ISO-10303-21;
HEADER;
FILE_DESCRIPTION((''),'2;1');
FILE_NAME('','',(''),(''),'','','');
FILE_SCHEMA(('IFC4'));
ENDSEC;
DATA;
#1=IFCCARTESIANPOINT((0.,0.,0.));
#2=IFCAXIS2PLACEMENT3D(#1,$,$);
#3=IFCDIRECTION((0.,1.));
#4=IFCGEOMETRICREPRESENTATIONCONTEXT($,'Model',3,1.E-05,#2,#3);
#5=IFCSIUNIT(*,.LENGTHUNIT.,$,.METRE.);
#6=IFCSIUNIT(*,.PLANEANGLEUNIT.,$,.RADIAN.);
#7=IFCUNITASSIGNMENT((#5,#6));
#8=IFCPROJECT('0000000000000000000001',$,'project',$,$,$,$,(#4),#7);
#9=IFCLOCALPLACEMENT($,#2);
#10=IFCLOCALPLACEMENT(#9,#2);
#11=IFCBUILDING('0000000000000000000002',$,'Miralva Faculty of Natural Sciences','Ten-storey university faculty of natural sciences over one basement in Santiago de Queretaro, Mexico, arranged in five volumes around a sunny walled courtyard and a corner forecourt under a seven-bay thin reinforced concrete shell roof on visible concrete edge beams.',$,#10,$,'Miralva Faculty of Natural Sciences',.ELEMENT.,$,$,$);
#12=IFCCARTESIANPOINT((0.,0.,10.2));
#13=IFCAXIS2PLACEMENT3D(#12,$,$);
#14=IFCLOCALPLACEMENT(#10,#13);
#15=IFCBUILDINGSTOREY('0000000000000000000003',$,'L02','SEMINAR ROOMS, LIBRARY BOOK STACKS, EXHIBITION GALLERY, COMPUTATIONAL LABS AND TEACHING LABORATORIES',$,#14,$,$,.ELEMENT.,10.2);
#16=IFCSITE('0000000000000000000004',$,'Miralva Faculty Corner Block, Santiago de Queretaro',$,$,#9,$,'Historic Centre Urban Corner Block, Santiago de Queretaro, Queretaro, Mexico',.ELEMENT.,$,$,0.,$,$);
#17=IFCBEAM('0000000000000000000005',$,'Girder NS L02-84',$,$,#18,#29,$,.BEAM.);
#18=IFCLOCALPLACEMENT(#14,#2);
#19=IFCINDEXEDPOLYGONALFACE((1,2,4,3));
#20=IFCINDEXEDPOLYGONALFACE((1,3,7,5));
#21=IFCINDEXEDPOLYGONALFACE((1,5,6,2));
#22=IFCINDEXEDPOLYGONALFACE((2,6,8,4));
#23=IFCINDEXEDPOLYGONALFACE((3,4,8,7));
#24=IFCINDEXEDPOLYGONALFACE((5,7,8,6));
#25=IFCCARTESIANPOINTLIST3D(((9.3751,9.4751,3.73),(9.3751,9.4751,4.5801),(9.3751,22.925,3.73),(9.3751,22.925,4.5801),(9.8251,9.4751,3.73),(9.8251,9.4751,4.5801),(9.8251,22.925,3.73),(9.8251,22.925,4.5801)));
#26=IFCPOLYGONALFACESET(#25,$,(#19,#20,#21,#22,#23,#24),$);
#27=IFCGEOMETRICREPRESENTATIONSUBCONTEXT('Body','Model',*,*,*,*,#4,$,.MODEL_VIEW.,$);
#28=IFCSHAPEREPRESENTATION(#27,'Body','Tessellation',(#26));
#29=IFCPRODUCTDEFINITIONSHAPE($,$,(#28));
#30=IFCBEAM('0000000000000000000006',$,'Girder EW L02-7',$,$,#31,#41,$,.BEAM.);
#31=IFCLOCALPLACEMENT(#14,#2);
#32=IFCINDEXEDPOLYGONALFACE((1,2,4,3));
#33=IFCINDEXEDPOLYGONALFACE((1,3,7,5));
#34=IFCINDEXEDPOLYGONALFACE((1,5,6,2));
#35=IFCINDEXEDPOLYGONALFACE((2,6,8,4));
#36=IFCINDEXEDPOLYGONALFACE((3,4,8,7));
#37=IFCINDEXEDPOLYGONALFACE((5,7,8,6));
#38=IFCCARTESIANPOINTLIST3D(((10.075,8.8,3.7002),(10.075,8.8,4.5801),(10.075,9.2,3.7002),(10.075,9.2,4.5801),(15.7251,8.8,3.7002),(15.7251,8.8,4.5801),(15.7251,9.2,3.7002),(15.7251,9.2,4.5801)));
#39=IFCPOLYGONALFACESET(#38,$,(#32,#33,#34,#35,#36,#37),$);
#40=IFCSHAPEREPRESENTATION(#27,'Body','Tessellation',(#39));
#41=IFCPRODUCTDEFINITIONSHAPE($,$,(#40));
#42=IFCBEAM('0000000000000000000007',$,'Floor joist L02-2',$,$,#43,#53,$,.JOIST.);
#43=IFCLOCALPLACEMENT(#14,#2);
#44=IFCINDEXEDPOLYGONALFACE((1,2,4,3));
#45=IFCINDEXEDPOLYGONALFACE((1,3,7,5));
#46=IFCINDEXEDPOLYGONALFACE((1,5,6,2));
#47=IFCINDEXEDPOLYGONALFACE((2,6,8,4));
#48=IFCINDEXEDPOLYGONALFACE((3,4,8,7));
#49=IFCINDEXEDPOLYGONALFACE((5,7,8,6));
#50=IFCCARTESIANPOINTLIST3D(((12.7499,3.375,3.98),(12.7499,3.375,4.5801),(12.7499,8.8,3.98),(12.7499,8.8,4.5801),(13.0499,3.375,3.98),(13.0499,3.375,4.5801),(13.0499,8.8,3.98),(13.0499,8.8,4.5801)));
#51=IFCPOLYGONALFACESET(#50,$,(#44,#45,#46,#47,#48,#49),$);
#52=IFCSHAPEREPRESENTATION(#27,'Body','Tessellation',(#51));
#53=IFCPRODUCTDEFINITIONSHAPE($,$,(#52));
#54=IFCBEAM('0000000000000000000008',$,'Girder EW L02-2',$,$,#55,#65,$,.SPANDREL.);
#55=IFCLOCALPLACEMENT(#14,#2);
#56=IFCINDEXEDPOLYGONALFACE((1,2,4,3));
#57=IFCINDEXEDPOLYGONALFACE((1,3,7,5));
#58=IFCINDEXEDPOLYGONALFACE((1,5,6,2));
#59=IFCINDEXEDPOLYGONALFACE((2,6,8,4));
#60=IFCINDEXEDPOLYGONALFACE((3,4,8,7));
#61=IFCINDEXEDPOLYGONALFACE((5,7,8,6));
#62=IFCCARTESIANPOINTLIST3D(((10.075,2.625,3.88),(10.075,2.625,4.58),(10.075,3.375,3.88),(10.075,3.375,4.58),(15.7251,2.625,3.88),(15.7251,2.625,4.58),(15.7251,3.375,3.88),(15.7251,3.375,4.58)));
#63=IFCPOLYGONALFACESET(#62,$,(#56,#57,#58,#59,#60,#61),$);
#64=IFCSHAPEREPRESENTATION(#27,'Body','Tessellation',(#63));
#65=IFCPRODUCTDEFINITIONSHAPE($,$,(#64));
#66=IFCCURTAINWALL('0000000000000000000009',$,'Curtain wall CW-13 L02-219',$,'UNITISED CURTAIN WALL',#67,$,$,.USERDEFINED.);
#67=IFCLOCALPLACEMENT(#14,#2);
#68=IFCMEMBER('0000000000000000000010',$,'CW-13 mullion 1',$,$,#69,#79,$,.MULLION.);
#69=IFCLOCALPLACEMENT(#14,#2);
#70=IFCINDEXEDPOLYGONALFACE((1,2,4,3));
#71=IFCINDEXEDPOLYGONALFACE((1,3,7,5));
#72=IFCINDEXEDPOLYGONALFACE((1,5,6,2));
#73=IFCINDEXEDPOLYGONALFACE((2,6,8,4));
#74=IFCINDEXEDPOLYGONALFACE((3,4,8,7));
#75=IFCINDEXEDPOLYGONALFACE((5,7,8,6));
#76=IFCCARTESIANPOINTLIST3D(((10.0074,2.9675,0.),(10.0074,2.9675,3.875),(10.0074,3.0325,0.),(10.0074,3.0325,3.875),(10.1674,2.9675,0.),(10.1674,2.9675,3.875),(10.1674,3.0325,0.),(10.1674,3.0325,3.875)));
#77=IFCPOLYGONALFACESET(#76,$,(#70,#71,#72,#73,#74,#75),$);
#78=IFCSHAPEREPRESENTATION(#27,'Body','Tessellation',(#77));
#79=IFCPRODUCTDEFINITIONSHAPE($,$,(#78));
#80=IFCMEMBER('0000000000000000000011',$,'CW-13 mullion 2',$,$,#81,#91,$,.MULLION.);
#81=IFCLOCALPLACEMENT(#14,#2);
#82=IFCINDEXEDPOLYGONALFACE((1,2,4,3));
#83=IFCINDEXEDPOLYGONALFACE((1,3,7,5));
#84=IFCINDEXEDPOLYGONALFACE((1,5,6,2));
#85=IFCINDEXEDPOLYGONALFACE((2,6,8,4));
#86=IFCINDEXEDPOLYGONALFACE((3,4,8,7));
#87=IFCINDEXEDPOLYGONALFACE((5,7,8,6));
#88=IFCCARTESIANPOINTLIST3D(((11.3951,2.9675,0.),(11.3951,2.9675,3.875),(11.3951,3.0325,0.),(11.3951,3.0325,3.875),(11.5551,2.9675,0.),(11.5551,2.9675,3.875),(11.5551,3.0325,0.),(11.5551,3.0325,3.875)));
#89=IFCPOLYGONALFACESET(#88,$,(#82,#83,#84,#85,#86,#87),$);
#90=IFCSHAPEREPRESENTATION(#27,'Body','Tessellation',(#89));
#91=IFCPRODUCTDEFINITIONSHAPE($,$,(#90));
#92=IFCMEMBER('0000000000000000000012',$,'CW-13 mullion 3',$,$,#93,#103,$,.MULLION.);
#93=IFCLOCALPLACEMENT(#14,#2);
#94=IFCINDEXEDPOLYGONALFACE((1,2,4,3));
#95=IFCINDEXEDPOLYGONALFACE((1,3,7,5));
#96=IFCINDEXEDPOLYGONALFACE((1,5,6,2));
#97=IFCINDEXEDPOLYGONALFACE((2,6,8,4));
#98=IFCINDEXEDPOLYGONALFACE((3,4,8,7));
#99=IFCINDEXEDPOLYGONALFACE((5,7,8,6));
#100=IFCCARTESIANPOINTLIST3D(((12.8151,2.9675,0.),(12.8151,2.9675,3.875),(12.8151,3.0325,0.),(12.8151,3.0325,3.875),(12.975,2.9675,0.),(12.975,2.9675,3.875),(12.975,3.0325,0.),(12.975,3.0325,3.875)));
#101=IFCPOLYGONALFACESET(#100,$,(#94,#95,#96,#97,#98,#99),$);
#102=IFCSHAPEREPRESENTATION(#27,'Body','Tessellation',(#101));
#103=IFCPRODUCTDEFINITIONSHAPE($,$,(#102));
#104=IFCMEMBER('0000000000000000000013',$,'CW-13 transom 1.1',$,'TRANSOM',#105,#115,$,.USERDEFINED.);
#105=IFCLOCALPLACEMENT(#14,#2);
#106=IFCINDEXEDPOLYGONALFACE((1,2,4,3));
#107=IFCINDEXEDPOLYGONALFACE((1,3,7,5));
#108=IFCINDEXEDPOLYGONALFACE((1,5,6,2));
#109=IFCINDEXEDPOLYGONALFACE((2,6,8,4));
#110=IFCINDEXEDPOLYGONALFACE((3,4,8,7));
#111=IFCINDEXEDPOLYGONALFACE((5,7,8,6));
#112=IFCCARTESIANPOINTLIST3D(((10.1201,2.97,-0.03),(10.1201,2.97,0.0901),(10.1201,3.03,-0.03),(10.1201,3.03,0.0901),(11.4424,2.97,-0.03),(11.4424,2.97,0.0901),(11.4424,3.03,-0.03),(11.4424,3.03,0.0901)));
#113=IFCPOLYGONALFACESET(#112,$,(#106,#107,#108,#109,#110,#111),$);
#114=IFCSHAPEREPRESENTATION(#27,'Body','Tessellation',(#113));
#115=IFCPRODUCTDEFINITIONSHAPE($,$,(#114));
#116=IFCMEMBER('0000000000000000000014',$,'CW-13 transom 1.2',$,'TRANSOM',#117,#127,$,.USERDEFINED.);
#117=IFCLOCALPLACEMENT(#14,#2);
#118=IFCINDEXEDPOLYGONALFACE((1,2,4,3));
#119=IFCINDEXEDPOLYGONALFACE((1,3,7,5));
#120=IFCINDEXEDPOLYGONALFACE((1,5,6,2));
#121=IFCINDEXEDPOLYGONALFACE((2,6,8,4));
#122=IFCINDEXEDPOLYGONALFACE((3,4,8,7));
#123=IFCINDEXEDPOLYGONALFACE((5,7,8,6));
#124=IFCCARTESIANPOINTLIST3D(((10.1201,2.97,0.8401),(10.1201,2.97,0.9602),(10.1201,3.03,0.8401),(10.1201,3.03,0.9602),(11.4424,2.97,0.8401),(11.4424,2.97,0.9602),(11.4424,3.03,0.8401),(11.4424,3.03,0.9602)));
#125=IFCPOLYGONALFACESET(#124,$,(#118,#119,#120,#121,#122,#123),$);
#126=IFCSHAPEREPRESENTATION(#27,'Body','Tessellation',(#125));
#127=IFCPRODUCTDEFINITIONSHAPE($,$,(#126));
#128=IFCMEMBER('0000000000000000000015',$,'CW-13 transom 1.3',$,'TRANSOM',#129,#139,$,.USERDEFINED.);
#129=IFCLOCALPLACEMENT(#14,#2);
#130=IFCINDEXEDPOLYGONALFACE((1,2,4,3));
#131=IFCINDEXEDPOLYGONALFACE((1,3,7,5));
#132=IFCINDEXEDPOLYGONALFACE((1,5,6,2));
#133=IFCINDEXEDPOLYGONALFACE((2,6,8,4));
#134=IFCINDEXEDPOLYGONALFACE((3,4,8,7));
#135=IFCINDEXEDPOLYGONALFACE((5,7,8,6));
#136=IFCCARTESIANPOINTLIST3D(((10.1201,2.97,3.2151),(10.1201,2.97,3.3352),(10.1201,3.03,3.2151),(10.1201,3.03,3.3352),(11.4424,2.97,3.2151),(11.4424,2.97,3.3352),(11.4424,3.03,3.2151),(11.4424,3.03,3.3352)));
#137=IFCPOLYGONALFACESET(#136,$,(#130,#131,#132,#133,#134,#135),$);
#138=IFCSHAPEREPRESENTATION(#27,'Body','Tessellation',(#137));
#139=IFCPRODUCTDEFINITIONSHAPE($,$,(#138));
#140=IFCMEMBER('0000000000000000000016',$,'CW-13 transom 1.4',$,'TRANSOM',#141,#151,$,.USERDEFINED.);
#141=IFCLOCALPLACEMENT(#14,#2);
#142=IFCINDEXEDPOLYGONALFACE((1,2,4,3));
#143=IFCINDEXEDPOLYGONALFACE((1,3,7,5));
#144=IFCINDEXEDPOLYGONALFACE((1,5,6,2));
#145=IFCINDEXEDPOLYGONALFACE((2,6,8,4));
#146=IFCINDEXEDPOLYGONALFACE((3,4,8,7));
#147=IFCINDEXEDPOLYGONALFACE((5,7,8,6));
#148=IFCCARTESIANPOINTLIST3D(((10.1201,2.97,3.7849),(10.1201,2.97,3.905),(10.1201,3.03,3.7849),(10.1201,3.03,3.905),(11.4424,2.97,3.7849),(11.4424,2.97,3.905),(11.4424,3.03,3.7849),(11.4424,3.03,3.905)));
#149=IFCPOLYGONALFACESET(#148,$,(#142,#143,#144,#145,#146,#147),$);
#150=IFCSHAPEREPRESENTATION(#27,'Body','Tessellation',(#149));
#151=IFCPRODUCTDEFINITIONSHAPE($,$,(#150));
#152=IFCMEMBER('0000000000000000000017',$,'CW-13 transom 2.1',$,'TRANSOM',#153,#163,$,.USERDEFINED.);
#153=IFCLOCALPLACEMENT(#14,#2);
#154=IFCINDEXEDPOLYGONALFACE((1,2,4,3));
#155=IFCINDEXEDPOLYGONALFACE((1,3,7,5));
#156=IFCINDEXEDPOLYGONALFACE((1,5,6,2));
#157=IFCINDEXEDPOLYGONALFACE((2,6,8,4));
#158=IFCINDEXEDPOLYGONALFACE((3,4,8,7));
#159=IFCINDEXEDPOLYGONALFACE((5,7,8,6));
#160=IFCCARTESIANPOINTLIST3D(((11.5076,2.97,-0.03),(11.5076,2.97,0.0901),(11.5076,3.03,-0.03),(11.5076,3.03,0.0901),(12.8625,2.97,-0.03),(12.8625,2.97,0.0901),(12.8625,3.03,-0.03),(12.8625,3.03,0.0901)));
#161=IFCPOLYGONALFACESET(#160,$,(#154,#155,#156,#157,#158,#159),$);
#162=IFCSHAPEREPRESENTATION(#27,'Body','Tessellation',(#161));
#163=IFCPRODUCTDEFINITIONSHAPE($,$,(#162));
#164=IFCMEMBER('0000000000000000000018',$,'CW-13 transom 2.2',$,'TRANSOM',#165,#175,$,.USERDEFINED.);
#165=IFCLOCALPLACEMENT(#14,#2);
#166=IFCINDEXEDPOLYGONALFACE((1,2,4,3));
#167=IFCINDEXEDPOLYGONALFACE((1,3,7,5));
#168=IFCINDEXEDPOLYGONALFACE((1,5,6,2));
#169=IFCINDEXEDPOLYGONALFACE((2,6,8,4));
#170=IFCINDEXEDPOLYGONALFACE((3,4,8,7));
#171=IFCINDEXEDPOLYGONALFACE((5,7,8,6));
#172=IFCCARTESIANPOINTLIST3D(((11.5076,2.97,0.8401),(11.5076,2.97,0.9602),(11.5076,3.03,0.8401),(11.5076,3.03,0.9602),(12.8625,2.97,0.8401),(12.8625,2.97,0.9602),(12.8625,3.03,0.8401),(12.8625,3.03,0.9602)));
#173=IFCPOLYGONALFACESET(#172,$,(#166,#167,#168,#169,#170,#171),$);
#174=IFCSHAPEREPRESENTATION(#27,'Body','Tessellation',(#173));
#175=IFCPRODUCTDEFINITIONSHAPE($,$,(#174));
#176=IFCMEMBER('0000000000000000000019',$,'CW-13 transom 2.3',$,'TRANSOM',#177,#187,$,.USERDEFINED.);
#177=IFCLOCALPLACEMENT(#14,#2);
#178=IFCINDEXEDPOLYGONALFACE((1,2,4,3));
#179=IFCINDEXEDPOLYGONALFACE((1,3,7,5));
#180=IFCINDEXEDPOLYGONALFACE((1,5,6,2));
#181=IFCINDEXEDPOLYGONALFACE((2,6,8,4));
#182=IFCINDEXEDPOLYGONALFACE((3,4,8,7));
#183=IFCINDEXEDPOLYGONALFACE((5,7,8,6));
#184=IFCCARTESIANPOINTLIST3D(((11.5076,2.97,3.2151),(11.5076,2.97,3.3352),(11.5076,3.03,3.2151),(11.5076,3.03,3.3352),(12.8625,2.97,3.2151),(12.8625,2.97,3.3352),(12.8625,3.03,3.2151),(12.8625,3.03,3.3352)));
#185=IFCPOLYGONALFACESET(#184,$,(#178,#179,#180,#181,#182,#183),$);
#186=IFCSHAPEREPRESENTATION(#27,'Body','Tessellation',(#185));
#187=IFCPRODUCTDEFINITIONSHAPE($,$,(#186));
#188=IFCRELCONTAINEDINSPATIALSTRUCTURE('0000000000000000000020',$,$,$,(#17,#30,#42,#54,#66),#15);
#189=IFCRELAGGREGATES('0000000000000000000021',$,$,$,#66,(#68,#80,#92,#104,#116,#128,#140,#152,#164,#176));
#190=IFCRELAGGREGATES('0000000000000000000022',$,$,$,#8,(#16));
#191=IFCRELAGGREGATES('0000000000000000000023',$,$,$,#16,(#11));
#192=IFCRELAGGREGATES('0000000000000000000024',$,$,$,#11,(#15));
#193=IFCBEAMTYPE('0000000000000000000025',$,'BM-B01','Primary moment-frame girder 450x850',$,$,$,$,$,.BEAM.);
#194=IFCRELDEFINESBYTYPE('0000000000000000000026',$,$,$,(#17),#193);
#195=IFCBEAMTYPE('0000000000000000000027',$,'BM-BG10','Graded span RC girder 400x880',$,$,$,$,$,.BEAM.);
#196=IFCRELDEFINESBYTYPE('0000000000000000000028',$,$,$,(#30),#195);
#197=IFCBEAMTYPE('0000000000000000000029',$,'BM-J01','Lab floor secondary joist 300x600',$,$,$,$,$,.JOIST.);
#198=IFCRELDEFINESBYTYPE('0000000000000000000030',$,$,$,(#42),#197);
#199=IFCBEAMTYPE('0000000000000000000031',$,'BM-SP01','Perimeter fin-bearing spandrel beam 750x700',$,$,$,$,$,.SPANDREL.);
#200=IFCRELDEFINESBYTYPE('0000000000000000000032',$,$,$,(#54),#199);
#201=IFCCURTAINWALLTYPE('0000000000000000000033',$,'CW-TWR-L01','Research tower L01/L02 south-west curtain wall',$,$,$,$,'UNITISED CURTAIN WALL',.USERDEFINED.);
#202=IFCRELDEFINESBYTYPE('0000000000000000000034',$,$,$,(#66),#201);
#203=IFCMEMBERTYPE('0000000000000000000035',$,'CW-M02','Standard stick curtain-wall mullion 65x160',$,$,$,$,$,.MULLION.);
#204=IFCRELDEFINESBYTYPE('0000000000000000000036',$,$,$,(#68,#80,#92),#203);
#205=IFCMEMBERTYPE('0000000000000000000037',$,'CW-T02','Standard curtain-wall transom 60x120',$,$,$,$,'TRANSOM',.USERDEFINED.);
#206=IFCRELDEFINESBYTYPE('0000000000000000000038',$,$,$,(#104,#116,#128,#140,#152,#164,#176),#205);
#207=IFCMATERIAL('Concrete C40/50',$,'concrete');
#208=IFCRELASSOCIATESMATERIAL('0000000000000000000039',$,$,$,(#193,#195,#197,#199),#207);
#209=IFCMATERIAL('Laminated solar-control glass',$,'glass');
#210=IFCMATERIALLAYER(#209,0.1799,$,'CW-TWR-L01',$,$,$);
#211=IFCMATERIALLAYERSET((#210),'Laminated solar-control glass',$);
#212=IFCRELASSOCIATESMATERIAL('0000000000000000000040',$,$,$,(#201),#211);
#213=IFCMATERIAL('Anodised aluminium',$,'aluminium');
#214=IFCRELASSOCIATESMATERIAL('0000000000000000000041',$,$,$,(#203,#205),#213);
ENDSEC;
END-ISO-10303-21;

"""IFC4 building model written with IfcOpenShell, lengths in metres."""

from ifc_helpers import new_model, si_unit, direction, frame, origin, origin_2d, place, context, subcontext, project, spatial, rectangle, extrude, material, layer, layer_set, material_profile, profile_set, type_object, element, aggregate, save


model = new_model("IFC4")

# Units and contexts
model_context = context("Model", 3, precision=1e-05, world=origin(), true_north=direction((0.0, 1.0)))
body_context = subcontext(model_context, "Body", "Model", "MODEL_VIEW")
ifc_project = project(units=[si_unit("LENGTHUNIT", "METRE"), si_unit("PLANEANGLEUNIT", "RADIAN")], contexts=[model_context])

# Site, building, storey
site_placement = place(None, origin())
site = spatial("IfcSite", under=ifc_project, at=site_placement, Name="Miralva Faculty Corner Block, Santiago de Queretaro", LongName="Historic Centre Urban Corner Block, Santiago de Queretaro, Queretaro, Mexico", CompositionType="ELEMENT", RefElevation=0.0)
building_placement = place(site_placement, origin())
building = spatial("IfcBuilding", under=site, at=building_placement, Name="Miralva Faculty of Natural Sciences", Description="Ten-storey university faculty of natural sciences over one basement in Santiago de Queretaro, Mexico, arranged in five volumes around a sunny walled courtyard and a corner forecourt under a seven-bay thin reinforced concrete shell roof on visible concrete edge beams.", LongName="Miralva Faculty of Natural Sciences", CompositionType="ELEMENT")
storey_placement = place(building_placement, frame((0.0, 0.0, 10.2)))
storey = spatial("IfcBuildingStorey", under=building, at=storey_placement, Name="L02", Description="SEMINAR ROOMS, LIBRARY BOOK STACKS, EXHIBITION GALLERY, COMPUTATIONAL LABS AND TEACHING LABORATORIES", CompositionType="ELEMENT", Elevation=10.2)

# Beams
ifc_material_1 = material(Name="Concrete C40/50", Category="concrete")
ifc_material_profile_1 = material_profile(ifc_material_1, rectangle(XDim=0.45, YDim=0.8501, at=origin_2d()), Name="RC 450x850")
ifc_profile_set_1 = profile_set([ifc_material_profile_1], Name="Concrete C40/50")
beam_type_1 = type_object("IfcBeamType", Name="BM-B01", Description="Primary moment-frame girder 450x850", PredefinedType="BEAM", material=ifc_profile_set_1)
beam_1_placement = place(storey_placement, frame((9.6001, 9.4751, 4.155), z_axis=(0.0, 1.0, 0.0), x_axis=(-1.0, 0.0, 0.0)))
element("IfcBeam", 1, at=beam_1_placement, inside=storey, type_object=beam_type_1, Name="Girder NS L02-84", PredefinedType="BEAM", context=body_context, shape_type="SweptSolid", body=[
    extrude(rectangle(XDim=0.45, YDim=0.8501, at=origin_2d()), origin(), (0.0, 0.0, 1.0), 13.45),
])
ifc_material_profile_2 = material_profile(ifc_material_1, rectangle(XDim=0.3999, YDim=0.8799, at=origin_2d()), Name="RC 400x880")
ifc_profile_set_2 = profile_set([ifc_material_profile_2], Name="Concrete C40/50")
beam_type_2 = type_object("IfcBeamType", Name="BM-BG10", Description="Graded span RC girder 400x880", PredefinedType="BEAM", material=ifc_profile_set_2)
beam_2_placement = place(storey_placement, frame((10.075, 9.0, 4.1401), z_axis=(1.0, 0.0, 0.0), x_axis=(0.0, 1.0, 0.0)))
element("IfcBeam", 2, at=beam_2_placement, inside=storey, type_object=beam_type_2, Name="Girder EW L02-7", PredefinedType="BEAM", context=body_context, shape_type="SweptSolid", body=[
    extrude(rectangle(XDim=0.3999, YDim=0.8799, at=origin_2d()), origin(), (0.0, 0.0, 1.0), 5.6501),
])
ifc_material_profile_3 = material_profile(ifc_material_1, rectangle(XDim=0.3, YDim=0.6001, at=origin_2d()), Name="RC 300x600")
ifc_profile_set_3 = profile_set([ifc_material_profile_3], Name="Concrete C40/50")
beam_type_3 = type_object("IfcBeamType", Name="BM-J01", Description="Lab floor secondary joist 300x600", PredefinedType="JOIST", material=ifc_profile_set_3)
beam_3_placement = place(storey_placement, frame((12.8999, 3.375, 4.28), z_axis=(0.0, 1.0, 0.0), x_axis=(-1.0, 0.0, 0.0)))
element("IfcBeam", 3, at=beam_3_placement, inside=storey, type_object=beam_type_3, Name="Floor joist L02-2", PredefinedType="JOIST", context=body_context, shape_type="SweptSolid", body=[
    extrude(rectangle(XDim=0.3, YDim=0.6001, at=origin_2d()), origin(), (0.0, 0.0, 1.0), 5.425),
])
ifc_material_profile_4 = material_profile(ifc_material_1, rectangle(XDim=0.75, YDim=0.7, at=origin_2d()), Name="RC 750x700")
ifc_profile_set_4 = profile_set([ifc_material_profile_4], Name="Concrete C40/50")
beam_type_4 = type_object("IfcBeamType", Name="BM-SP01", Description="Perimeter fin-bearing spandrel beam 750x700", PredefinedType="SPANDREL", material=ifc_profile_set_4)
beam_4_placement = place(storey_placement, frame((10.075, 3.0, 4.23), z_axis=(1.0, 0.0, 0.0), x_axis=(0.0, 1.0, 0.0)))
element("IfcBeam", 4, at=beam_4_placement, inside=storey, type_object=beam_type_4, Name="Girder EW L02-2", PredefinedType="SPANDREL", context=body_context, shape_type="SweptSolid", body=[
    extrude(rectangle(XDim=0.75, YDim=0.7, at=origin_2d()), origin(), (0.0, 0.0, 1.0), 5.6501),
])

# Curtain wall, members
ifc_material_2 = material(Name="Laminated solar-control glass", Category="glass")
ifc_layer_1 = layer(ifc_material_2, 0.1799, Name="CW-TWR-L01")
ifc_layer_set_1 = layer_set([ifc_layer_1], Name="Laminated solar-control glass")
curtain_wall_type = type_object("IfcCurtainWallType", Name="CW-TWR-L01", Description="Research tower L01/L02 south-west curtain wall", ElementType="UNITISED CURTAIN WALL", PredefinedType="USERDEFINED", material=ifc_layer_set_1)
curtain_wall_placement = place(storey_placement, origin())
curtain_wall = element("IfcCurtainWall", 5, at=curtain_wall_placement, inside=storey, type_object=curtain_wall_type, Name="Curtain wall CW-13 L02-219", ObjectType="UNITISED CURTAIN WALL", PredefinedType="USERDEFINED")
ifc_material_3 = material(Name="Anodised aluminium", Category="aluminium")
ifc_material_profile_5 = material_profile(ifc_material_3, rectangle(XDim=0.0649, YDim=0.1599, at=origin_2d()), Name="MULLION 65x160")
ifc_profile_set_5 = profile_set([ifc_material_profile_5], Name="Anodised aluminium")
member_type_1 = type_object("IfcMemberType", Name="CW-M02", Description="Standard stick curtain-wall mullion 65x160", PredefinedType="MULLION", material=ifc_profile_set_5)
member_1_placement = place(storey_placement, frame((10.0874, 3.0, 0.0), z_axis=(0.0, 0.0, 1.0), x_axis=(0.0, 1.0, 0.0)))
member_1 = element("IfcMember", 6, at=member_1_placement, type_object=member_type_1, Name="CW-13 mullion 1", PredefinedType="MULLION", context=body_context, shape_type="SweptSolid", body=[
    extrude(rectangle(XDim=0.0649, YDim=0.1599, at=origin_2d()), origin(), (0.0, 0.0, 1.0), 3.875),
])
member_2_placement = place(storey_placement, frame((11.4751, 3.0, 0.0), z_axis=(0.0, 0.0, 1.0), x_axis=(0.0, 1.0, 0.0)))
member_2 = element("IfcMember", 7, at=member_2_placement, type_object=member_type_1, Name="CW-13 mullion 2", PredefinedType="MULLION", context=body_context, shape_type="SweptSolid", body=[
    extrude(rectangle(XDim=0.0649, YDim=0.1599, at=origin_2d()), origin(), (0.0, 0.0, 1.0), 3.875),
])
member_3_placement = place(storey_placement, frame((12.895, 3.0, 0.0), z_axis=(0.0, 0.0, 1.0), x_axis=(0.0, 1.0, 0.0)))
member_3 = element("IfcMember", 8, at=member_3_placement, type_object=member_type_1, Name="CW-13 mullion 3", PredefinedType="MULLION", context=body_context, shape_type="SweptSolid", body=[
    extrude(rectangle(XDim=0.0649, YDim=0.1599, at=origin_2d()), origin(), (0.0, 0.0, 1.0), 3.875),
])
ifc_material_profile_6 = material_profile(ifc_material_3, rectangle(XDim=0.0601, YDim=0.1201, at=origin_2d()), Name="TRANSOM 60x120")
ifc_profile_set_6 = profile_set([ifc_material_profile_6], Name="Anodised aluminium")
member_type_2 = type_object("IfcMemberType", Name="CW-T02", Description="Standard curtain-wall transom 60x120", ElementType="TRANSOM", PredefinedType="USERDEFINED", material=ifc_profile_set_6)
member_4_placement = place(storey_placement, frame((10.1201, 3.0, 0.03), z_axis=(1.0, 0.0, 0.0), x_axis=(0.0, 1.0, 0.0)))
member_4 = element("IfcMember", 9, at=member_4_placement, type_object=member_type_2, Name="CW-13 transom 1.1", ObjectType="TRANSOM", PredefinedType="USERDEFINED", context=body_context, shape_type="SweptSolid", body=[
    extrude(rectangle(XDim=0.0601, YDim=0.1201, at=origin_2d()), origin(), (0.0, 0.0, 1.0), 1.3223),
])
member_5_placement = place(storey_placement, frame((10.1201, 3.0, 0.9001), z_axis=(1.0, 0.0, 0.0), x_axis=(0.0, 1.0, 0.0)))
member_5 = element("IfcMember", 10, at=member_5_placement, type_object=member_type_2, Name="CW-13 transom 1.2", ObjectType="TRANSOM", PredefinedType="USERDEFINED", context=body_context, shape_type="SweptSolid", body=[
    extrude(rectangle(XDim=0.0601, YDim=0.1201, at=origin_2d()), origin(), (0.0, 0.0, 1.0), 1.3223),
])
member_6_placement = place(storey_placement, frame((10.1201, 3.0, 3.2751), z_axis=(1.0, 0.0, 0.0), x_axis=(0.0, 1.0, 0.0)))
member_6 = element("IfcMember", 11, at=member_6_placement, type_object=member_type_2, Name="CW-13 transom 1.3", ObjectType="TRANSOM", PredefinedType="USERDEFINED", context=body_context, shape_type="SweptSolid", body=[
    extrude(rectangle(XDim=0.0601, YDim=0.1201, at=origin_2d()), origin(), (0.0, 0.0, 1.0), 1.3223),
])
member_7_placement = place(storey_placement, frame((10.1201, 3.0, 3.845), z_axis=(1.0, 0.0, 0.0), x_axis=(0.0, 1.0, 0.0)))
member_7 = element("IfcMember", 12, at=member_7_placement, type_object=member_type_2, Name="CW-13 transom 1.4", ObjectType="TRANSOM", PredefinedType="USERDEFINED", context=body_context, shape_type="SweptSolid", body=[
    extrude(rectangle(XDim=0.0601, YDim=0.1201, at=origin_2d()), origin(), (0.0, 0.0, 1.0), 1.3223),
])
member_8_placement = place(storey_placement, frame((11.5076, 3.0, 0.03), z_axis=(1.0, 0.0, 0.0), x_axis=(0.0, 1.0, 0.0)))
member_8 = element("IfcMember", 13, at=member_8_placement, type_object=member_type_2, Name="CW-13 transom 2.1", ObjectType="TRANSOM", PredefinedType="USERDEFINED", context=body_context, shape_type="SweptSolid", body=[
    extrude(rectangle(XDim=0.0601, YDim=0.1201, at=origin_2d()), origin(), (0.0, 0.0, 1.0), 1.355),
])
member_9_placement = place(storey_placement, frame((11.5076, 3.0, 0.9001), z_axis=(1.0, 0.0, 0.0), x_axis=(0.0, 1.0, 0.0)))
member_9 = element("IfcMember", 14, at=member_9_placement, type_object=member_type_2, Name="CW-13 transom 2.2", ObjectType="TRANSOM", PredefinedType="USERDEFINED", context=body_context, shape_type="SweptSolid", body=[
    extrude(rectangle(XDim=0.0601, YDim=0.1201, at=origin_2d()), origin(), (0.0, 0.0, 1.0), 1.355),
])
member_10_placement = place(storey_placement, frame((11.5076, 3.0, 3.2751), z_axis=(1.0, 0.0, 0.0), x_axis=(0.0, 1.0, 0.0)))
member_10 = element("IfcMember", 15, at=member_10_placement, type_object=member_type_2, Name="CW-13 transom 2.3", ObjectType="TRANSOM", PredefinedType="USERDEFINED", context=body_context, shape_type="SweptSolid", body=[
    extrude(rectangle(XDim=0.0601, YDim=0.1201, at=origin_2d()), origin(), (0.0, 0.0, 1.0), 1.355),
])

aggregate(curtain_wall, [member_1, member_2, member_3, member_4, member_5, member_6, member_7, member_8, member_9, member_10])

save(model, "model.ifc")
